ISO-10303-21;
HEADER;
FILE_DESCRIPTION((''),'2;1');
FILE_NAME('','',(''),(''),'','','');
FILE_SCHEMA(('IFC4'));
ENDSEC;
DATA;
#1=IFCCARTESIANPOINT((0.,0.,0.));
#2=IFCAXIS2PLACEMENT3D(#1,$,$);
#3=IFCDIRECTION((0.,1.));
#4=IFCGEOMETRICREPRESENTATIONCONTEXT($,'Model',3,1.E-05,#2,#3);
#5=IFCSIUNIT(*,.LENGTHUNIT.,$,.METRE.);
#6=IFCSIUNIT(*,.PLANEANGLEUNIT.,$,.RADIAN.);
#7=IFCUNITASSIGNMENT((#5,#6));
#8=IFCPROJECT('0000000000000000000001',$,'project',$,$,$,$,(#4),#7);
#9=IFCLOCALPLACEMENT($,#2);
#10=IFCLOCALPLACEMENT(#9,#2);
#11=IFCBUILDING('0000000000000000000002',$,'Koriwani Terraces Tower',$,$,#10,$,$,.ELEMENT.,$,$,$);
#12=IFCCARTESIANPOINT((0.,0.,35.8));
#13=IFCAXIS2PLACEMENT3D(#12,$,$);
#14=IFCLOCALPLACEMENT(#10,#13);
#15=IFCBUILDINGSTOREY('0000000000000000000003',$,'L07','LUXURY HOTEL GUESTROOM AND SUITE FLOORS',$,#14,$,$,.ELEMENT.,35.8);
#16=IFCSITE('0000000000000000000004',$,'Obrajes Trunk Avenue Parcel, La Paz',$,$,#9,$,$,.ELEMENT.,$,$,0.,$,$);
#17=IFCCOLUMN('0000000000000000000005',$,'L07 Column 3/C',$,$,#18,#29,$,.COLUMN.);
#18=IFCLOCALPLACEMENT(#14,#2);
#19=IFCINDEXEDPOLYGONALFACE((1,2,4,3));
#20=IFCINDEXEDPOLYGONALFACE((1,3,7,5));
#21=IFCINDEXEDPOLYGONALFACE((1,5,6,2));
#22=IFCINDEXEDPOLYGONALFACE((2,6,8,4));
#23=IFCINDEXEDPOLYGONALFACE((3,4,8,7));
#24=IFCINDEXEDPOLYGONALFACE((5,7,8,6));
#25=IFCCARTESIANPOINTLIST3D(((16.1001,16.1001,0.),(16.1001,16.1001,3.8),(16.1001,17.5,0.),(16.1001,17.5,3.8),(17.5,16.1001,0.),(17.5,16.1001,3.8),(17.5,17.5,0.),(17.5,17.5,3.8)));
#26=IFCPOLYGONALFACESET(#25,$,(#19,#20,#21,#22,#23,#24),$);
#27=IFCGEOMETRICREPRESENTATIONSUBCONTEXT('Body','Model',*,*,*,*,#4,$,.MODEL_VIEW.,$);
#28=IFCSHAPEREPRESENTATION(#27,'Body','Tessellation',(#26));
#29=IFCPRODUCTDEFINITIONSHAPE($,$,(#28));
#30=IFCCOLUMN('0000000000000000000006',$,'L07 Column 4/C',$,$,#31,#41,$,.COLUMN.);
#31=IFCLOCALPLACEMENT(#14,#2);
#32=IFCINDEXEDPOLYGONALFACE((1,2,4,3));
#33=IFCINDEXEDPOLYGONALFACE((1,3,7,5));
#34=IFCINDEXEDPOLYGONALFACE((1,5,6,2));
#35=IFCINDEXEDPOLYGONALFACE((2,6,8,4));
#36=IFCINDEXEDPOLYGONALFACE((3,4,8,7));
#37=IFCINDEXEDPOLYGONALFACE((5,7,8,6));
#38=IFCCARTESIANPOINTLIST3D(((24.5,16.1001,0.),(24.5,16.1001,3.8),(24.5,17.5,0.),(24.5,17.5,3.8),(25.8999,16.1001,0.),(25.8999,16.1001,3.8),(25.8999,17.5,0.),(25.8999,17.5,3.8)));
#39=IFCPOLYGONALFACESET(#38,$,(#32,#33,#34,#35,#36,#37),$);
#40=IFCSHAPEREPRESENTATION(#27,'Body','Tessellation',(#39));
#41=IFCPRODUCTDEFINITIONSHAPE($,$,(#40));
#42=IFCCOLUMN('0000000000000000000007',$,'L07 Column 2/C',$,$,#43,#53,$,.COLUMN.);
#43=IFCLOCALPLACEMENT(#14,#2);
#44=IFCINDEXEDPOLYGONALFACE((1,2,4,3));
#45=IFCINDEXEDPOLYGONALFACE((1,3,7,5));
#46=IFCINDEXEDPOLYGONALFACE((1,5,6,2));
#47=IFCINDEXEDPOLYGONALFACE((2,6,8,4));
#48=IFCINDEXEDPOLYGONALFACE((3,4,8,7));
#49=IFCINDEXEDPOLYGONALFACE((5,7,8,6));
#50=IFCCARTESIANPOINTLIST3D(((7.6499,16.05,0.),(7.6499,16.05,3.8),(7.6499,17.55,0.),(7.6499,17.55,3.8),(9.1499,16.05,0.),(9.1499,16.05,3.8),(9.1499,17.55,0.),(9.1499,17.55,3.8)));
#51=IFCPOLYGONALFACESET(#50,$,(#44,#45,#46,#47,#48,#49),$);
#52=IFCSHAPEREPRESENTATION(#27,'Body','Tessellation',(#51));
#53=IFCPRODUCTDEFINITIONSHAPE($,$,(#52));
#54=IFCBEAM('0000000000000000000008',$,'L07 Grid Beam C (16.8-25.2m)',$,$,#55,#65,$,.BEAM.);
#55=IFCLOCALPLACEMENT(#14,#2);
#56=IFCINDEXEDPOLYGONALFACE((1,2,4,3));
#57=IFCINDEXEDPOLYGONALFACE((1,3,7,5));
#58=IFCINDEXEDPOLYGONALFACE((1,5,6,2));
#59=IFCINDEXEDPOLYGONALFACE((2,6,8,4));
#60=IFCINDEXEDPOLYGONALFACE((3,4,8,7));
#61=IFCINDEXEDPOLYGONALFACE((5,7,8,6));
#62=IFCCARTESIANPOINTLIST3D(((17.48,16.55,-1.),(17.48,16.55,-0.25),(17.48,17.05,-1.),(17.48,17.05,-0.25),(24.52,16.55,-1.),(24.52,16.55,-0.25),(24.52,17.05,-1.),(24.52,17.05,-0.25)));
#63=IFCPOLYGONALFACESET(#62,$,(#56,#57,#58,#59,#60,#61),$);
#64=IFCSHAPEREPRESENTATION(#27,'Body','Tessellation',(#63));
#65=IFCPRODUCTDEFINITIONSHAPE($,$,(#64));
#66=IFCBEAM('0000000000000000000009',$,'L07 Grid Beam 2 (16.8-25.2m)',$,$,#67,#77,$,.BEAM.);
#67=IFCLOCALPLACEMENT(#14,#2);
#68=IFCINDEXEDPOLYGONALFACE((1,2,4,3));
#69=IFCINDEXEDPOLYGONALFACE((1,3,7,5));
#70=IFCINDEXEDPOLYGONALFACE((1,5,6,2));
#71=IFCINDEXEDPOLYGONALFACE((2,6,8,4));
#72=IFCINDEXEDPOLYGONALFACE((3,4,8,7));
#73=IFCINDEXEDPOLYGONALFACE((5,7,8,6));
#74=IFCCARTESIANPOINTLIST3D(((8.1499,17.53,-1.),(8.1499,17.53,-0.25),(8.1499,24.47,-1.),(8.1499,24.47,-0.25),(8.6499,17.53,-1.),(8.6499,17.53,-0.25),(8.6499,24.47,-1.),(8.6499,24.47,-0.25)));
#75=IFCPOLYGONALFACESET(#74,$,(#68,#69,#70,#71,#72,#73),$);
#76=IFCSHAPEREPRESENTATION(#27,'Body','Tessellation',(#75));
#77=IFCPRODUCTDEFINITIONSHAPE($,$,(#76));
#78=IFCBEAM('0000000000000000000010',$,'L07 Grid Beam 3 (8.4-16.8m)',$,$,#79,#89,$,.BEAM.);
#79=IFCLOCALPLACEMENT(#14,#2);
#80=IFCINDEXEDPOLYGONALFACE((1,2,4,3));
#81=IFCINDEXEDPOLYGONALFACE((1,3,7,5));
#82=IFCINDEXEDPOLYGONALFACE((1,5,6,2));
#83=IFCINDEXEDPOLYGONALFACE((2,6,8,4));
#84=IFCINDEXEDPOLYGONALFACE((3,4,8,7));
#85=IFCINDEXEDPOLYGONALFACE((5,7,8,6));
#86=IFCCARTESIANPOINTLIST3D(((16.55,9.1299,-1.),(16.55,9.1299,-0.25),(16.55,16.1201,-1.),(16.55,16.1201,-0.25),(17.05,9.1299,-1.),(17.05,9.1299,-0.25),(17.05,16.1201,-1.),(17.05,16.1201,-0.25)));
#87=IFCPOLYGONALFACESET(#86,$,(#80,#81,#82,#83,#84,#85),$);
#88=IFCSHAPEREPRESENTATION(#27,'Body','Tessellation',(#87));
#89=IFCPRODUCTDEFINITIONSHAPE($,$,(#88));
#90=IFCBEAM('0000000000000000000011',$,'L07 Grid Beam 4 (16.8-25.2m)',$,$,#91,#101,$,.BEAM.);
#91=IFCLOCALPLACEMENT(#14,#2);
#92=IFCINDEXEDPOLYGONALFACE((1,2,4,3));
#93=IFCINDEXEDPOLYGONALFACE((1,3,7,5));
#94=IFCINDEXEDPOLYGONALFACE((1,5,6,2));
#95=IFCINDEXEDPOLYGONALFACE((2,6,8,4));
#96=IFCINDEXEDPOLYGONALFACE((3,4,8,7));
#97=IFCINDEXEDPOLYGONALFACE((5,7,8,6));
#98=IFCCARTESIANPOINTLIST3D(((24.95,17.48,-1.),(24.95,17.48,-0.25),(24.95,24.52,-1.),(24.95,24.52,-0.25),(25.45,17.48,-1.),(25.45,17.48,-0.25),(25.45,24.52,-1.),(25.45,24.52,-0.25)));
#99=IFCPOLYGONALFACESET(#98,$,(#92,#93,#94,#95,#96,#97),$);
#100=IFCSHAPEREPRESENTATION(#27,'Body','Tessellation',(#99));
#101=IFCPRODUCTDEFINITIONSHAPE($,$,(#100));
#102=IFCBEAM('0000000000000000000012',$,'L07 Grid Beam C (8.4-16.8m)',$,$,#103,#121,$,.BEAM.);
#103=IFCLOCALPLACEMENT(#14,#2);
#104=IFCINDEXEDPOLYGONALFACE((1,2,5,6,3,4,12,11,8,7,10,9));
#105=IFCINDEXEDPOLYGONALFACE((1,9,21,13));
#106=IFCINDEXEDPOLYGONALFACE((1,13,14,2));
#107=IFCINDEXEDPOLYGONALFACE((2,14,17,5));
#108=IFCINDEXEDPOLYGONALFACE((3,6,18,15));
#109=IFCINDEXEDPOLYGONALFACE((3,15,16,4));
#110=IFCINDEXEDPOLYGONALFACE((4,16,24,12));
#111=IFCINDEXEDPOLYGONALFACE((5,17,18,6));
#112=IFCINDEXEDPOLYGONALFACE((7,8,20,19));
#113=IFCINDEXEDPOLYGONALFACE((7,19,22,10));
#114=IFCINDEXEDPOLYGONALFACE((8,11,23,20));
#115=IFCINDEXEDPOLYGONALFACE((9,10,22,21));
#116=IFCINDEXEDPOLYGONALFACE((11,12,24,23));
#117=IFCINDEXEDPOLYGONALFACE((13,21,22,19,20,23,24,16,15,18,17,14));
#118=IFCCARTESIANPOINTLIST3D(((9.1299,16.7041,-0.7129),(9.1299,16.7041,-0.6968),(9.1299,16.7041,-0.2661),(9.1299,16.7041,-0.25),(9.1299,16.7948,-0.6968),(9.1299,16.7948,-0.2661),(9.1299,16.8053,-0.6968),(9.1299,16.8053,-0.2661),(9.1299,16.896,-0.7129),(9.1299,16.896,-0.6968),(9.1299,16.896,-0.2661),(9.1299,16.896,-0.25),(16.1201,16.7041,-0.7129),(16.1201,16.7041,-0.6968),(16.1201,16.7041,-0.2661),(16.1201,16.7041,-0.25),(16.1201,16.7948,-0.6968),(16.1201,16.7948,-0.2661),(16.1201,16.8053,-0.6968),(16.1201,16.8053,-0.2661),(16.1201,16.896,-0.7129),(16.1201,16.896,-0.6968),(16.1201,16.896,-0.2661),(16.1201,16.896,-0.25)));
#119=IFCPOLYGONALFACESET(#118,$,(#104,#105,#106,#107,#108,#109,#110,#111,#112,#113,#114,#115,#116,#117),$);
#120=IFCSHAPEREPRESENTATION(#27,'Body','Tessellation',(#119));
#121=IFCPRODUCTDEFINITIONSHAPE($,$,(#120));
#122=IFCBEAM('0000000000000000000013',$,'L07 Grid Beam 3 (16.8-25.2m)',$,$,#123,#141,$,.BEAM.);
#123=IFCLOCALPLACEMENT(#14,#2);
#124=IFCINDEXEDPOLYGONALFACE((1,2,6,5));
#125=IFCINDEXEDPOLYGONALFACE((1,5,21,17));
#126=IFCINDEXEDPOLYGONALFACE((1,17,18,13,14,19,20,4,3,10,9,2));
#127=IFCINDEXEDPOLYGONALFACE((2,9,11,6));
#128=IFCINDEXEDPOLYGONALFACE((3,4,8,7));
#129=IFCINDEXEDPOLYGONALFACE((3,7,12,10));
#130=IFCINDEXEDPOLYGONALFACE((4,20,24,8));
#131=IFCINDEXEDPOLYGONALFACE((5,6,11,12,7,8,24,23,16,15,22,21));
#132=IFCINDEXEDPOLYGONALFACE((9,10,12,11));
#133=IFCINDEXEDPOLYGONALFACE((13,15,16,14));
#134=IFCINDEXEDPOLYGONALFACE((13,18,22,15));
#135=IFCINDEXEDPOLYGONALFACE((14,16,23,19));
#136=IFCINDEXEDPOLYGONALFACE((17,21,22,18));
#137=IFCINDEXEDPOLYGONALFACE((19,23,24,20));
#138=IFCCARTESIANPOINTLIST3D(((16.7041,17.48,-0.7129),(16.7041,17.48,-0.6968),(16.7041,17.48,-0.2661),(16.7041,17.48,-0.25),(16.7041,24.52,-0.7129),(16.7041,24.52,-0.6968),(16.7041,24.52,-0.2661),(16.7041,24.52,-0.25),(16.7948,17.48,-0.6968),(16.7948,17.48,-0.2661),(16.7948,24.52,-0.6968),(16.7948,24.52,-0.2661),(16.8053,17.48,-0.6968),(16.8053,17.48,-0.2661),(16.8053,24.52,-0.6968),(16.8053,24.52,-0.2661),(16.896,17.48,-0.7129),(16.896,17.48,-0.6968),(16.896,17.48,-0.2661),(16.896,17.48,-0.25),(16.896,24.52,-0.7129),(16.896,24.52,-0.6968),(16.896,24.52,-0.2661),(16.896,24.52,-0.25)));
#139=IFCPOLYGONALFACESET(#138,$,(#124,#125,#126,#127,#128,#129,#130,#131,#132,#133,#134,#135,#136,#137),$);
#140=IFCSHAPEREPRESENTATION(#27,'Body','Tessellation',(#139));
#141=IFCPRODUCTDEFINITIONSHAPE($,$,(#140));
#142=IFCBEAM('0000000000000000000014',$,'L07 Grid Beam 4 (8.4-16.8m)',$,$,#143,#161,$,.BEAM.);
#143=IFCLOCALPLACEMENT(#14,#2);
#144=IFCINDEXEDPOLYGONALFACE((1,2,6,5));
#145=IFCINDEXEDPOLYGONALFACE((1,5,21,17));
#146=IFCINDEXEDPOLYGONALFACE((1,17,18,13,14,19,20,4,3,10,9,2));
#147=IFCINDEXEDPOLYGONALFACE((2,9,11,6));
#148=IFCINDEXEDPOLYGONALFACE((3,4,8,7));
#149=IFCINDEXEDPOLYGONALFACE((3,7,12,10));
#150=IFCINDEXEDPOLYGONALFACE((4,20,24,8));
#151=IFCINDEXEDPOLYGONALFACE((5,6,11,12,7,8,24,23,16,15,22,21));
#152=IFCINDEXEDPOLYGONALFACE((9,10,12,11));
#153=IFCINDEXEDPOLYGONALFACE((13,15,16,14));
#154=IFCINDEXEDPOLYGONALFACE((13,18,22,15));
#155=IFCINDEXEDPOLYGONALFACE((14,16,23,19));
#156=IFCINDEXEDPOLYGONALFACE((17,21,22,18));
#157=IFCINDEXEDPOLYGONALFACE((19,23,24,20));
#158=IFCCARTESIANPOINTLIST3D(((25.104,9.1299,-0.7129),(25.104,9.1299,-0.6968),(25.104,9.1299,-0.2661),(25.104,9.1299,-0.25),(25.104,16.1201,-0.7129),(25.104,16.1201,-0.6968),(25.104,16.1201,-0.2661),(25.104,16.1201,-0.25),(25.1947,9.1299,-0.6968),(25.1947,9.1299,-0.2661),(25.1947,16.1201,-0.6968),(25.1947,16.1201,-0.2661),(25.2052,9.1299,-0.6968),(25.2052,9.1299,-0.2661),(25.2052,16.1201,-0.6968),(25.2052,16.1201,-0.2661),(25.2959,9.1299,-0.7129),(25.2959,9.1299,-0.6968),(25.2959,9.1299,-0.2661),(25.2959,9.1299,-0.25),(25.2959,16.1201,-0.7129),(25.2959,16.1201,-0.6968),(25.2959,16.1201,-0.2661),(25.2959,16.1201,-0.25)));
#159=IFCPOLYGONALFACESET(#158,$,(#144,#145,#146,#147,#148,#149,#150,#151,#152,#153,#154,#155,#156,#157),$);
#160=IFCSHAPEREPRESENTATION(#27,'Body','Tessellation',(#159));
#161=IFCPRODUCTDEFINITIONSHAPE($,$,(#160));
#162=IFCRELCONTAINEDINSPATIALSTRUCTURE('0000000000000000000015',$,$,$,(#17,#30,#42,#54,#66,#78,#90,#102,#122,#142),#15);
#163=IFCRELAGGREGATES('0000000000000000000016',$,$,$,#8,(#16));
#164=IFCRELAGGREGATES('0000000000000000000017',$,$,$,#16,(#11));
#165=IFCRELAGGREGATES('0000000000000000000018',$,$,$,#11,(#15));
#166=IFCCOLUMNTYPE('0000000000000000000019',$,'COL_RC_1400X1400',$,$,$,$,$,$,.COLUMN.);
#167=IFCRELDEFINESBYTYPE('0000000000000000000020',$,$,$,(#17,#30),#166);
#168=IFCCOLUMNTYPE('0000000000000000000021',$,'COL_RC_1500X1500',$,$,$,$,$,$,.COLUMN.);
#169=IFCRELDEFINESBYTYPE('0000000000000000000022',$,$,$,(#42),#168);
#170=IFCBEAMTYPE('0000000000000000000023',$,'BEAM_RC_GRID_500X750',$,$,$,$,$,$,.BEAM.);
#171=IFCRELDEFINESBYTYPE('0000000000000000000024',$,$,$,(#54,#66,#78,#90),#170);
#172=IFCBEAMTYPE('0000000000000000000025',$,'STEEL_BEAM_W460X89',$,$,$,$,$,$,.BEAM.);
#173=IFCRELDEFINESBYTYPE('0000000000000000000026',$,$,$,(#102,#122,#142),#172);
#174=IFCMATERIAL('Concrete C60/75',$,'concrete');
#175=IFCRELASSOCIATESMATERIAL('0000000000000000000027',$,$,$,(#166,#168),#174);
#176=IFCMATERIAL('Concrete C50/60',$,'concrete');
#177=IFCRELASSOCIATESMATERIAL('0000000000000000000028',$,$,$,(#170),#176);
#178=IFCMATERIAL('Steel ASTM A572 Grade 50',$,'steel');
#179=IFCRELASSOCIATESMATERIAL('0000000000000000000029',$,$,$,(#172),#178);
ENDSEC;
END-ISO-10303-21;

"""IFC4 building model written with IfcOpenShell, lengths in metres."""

from ifc_helpers import new_model, si_unit, direction, frame, origin, origin_2d, place, context, subcontext, project, spatial, rectangle, i_section, extrude, material, material_profile, profile_set, type_object, element, save


model = new_model("IFC4")

# Units and contexts
model_context = context("Model", 3, precision=1e-05, world=origin(), true_north=direction((0.0, 1.0)))
body_context = subcontext(model_context, "Body", "Model", "MODEL_VIEW")
ifc_project = project(units=[si_unit("LENGTHUNIT", "METRE"), si_unit("PLANEANGLEUNIT", "RADIAN")], contexts=[model_context])

# Site, building, storey
site_placement = place(None, origin())
site = spatial("IfcSite", under=ifc_project, at=site_placement, Name="Obrajes Trunk Avenue Parcel, La Paz", CompositionType="ELEMENT", RefElevation=0.0)
building_placement = place(site_placement, origin())
building = spatial("IfcBuilding", under=site, at=building_placement, Name="Koriwani Terraces Tower", CompositionType="ELEMENT")
storey_placement = place(building_placement, frame((0.0, 0.0, 35.8)))
storey = spatial("IfcBuildingStorey", under=building, at=storey_placement, Name="L07", Description="LUXURY HOTEL GUESTROOM AND SUITE FLOORS", CompositionType="ELEMENT", Elevation=35.8)

# Columns
ifc_material_1 = material(Name="Concrete C60/75", Category="concrete")
ifc_material_profile_1 = material_profile(ifc_material_1, rectangle(XDim=1.3999, YDim=1.3999, at=origin_2d()), Name="Concrete C60/75", Category="LoadBearing")
ifc_profile_set_1 = profile_set([ifc_material_profile_1], Name="Concrete C60/75")
column_type_1 = type_object("IfcColumnType", Name="COL_RC_1400X1400", PredefinedType="COLUMN", material=ifc_profile_set_1)
for number, where, z_axis, x_axis, name in (
    (1, (16.8, 16.8, 0.0), (0.0, 0.0, 1.0), (1.0, 0.0, 0.0), "L07 Column 3/C"),
    (2, (25.2, 16.8, 0.0), (0.0, 0.0, 1.0), (1.0, 0.0, 0.0), "L07 Column 4/C"),
):
    element("IfcColumn", number, at=place(storey_placement, frame(where, z_axis=z_axis, x_axis=x_axis)), inside=storey, type_object=column_type_1, Name=name, PredefinedType="COLUMN", context=body_context, shape_type="SweptSolid", body=[
        extrude(rectangle(XDim=1.3999, YDim=1.3999, at=origin_2d()), origin(), (0.0, 0.0, 1.0), 3.8),
    ])
ifc_material_profile_2 = material_profile(ifc_material_1, rectangle(XDim=1.5, YDim=1.5, at=origin_2d()), Name="Concrete C60/75", Category="LoadBearing")
ifc_profile_set_2 = profile_set([ifc_material_profile_2], Name="Concrete C60/75")
column_type_2 = type_object("IfcColumnType", Name="COL_RC_1500X1500", PredefinedType="COLUMN", material=ifc_profile_set_2)
column_placement = place(storey_placement, frame((8.3999, 16.8, 0.0), z_axis=(0.0, 0.0, 1.0), x_axis=(1.0, 0.0, 0.0)))
element("IfcColumn", 3, at=column_placement, inside=storey, type_object=column_type_2, Name="L07 Column 2/C", PredefinedType="COLUMN", context=body_context, shape_type="SweptSolid", body=[
    extrude(rectangle(XDim=1.5, YDim=1.5, at=origin_2d()), origin(), (0.0, 0.0, 1.0), 3.8),
])

# Beams
ifc_material_2 = material(Name="Concrete C50/60", Category="concrete")
ifc_material_profile_3 = material_profile(ifc_material_2, rectangle(XDim=0.5, YDim=0.75, at=origin_2d()), Name="Concrete C50/60", Category="LoadBearing")
ifc_profile_set_3 = profile_set([ifc_material_profile_3], Name="Concrete C50/60")
beam_type_1 = type_object("IfcBeamType", Name="BEAM_RC_GRID_500X750", PredefinedType="BEAM", material=ifc_profile_set_3)
beam_1_placement = place(storey_placement, frame((17.48, 16.8, -0.625), z_axis=(1.0, 0.0, 0.0), x_axis=(0.0, 1.0, 0.0)))
element("IfcBeam", 4, at=beam_1_placement, inside=storey, type_object=beam_type_1, Name="L07 Grid Beam C (16.8-25.2m)", PredefinedType="BEAM", context=body_context, shape_type="SweptSolid", body=[
    extrude(rectangle(XDim=0.5, YDim=0.75, at=origin_2d()), origin(), (0.0, 0.0, 1.0), 7.04),
])
beam_2_placement = place(storey_placement, frame((8.3999, 17.53, -0.625), z_axis=(0.0, 1.0, 0.0), x_axis=(-1.0, 0.0, 0.0)))
element("IfcBeam", 5, at=beam_2_placement, inside=storey, type_object=beam_type_1, Name="L07 Grid Beam 2 (16.8-25.2m)", PredefinedType="BEAM", context=body_context, shape_type="SweptSolid", body=[
    extrude(rectangle(XDim=0.5, YDim=0.75, at=origin_2d()), origin(), (0.0, 0.0, 1.0), 6.9399),
])
beam_3_placement = place(storey_placement, frame((16.8, 9.1299, -0.625), z_axis=(0.0, 1.0, 0.0), x_axis=(-1.0, 0.0, 0.0)))
element("IfcBeam", 6, at=beam_3_placement, inside=storey, type_object=beam_type_1, Name="L07 Grid Beam 3 (8.4-16.8m)", PredefinedType="BEAM", context=body_context, shape_type="SweptSolid", body=[
    extrude(rectangle(XDim=0.5, YDim=0.75, at=origin_2d()), origin(), (0.0, 0.0, 1.0), 6.9902),
])
beam_4_placement = place(storey_placement, frame((25.2, 17.48, -0.625), z_axis=(0.0, 1.0, 0.0), x_axis=(-1.0, 0.0, 0.0)))
element("IfcBeam", 7, at=beam_4_placement, inside=storey, type_object=beam_type_1, Name="L07 Grid Beam 4 (16.8-25.2m)", PredefinedType="BEAM", context=body_context, shape_type="SweptSolid", body=[
    extrude(rectangle(XDim=0.5, YDim=0.75, at=origin_2d()), origin(), (0.0, 0.0, 1.0), 7.04),
])
ifc_material_3 = material(Name="Steel ASTM A572 Grade 50", Category="steel")
ifc_material_profile_4 = material_profile(ifc_material_3, i_section(OverallWidth=0.1919, OverallDepth=0.4629, WebThickness=0.0105, FlangeThickness=0.0161, at=origin_2d()), Name="Steel ASTM A572 Grade 50", Category="LoadBearing")
ifc_profile_set_4 = profile_set([ifc_material_profile_4], Name="Steel ASTM A572 Grade 50")
beam_type_2 = type_object("IfcBeamType", Name="STEEL_BEAM_W460X89", PredefinedType="BEAM", material=ifc_profile_set_4)
beam_5_placement = place(storey_placement, frame((9.1299, 16.8, -0.4814), z_axis=(1.0, 0.0, 0.0), x_axis=(0.0, 1.0, 0.0)))
element("IfcBeam", 8, at=beam_5_placement, inside=storey, type_object=beam_type_2, Name="L07 Grid Beam C (8.4-16.8m)", PredefinedType="BEAM", context=body_context, shape_type="SweptSolid", body=[
    extrude(i_section(OverallWidth=0.1919, OverallDepth=0.4629, WebThickness=0.0105, FlangeThickness=0.0161, at=origin_2d()), origin(), (0.0, 0.0, 1.0), 6.9902),
])
beam_6_placement = place(storey_placement, frame((16.8, 17.48, -0.4814), z_axis=(0.0, 1.0, 0.0), x_axis=(-1.0, 0.0, 0.0)))
element("IfcBeam", 9, at=beam_6_placement, inside=storey, type_object=beam_type_2, Name="L07 Grid Beam 3 (16.8-25.2m)", PredefinedType="BEAM", context=body_context, shape_type="SweptSolid", body=[
    extrude(i_section(OverallWidth=0.1919, OverallDepth=0.4629, WebThickness=0.0105, FlangeThickness=0.0161, at=origin_2d()), origin(), (0.0, 0.0, 1.0), 7.04),
])
beam_7_placement = place(storey_placement, frame((25.2, 9.1299, -0.4814), z_axis=(0.0, 1.0, 0.0), x_axis=(-1.0, 0.0, 0.0)))
element("IfcBeam", 10, at=beam_7_placement, inside=storey, type_object=beam_type_2, Name="L07 Grid Beam 4 (8.4-16.8m)", PredefinedType="BEAM", context=body_context, shape_type="SweptSolid", body=[
    extrude(i_section(OverallWidth=0.1919, OverallDepth=0.4629, WebThickness=0.0105, FlangeThickness=0.0161, at=origin_2d()), origin(), (0.0, 0.0, 1.0), 6.9902),
])

save(model, "model.ifc")
